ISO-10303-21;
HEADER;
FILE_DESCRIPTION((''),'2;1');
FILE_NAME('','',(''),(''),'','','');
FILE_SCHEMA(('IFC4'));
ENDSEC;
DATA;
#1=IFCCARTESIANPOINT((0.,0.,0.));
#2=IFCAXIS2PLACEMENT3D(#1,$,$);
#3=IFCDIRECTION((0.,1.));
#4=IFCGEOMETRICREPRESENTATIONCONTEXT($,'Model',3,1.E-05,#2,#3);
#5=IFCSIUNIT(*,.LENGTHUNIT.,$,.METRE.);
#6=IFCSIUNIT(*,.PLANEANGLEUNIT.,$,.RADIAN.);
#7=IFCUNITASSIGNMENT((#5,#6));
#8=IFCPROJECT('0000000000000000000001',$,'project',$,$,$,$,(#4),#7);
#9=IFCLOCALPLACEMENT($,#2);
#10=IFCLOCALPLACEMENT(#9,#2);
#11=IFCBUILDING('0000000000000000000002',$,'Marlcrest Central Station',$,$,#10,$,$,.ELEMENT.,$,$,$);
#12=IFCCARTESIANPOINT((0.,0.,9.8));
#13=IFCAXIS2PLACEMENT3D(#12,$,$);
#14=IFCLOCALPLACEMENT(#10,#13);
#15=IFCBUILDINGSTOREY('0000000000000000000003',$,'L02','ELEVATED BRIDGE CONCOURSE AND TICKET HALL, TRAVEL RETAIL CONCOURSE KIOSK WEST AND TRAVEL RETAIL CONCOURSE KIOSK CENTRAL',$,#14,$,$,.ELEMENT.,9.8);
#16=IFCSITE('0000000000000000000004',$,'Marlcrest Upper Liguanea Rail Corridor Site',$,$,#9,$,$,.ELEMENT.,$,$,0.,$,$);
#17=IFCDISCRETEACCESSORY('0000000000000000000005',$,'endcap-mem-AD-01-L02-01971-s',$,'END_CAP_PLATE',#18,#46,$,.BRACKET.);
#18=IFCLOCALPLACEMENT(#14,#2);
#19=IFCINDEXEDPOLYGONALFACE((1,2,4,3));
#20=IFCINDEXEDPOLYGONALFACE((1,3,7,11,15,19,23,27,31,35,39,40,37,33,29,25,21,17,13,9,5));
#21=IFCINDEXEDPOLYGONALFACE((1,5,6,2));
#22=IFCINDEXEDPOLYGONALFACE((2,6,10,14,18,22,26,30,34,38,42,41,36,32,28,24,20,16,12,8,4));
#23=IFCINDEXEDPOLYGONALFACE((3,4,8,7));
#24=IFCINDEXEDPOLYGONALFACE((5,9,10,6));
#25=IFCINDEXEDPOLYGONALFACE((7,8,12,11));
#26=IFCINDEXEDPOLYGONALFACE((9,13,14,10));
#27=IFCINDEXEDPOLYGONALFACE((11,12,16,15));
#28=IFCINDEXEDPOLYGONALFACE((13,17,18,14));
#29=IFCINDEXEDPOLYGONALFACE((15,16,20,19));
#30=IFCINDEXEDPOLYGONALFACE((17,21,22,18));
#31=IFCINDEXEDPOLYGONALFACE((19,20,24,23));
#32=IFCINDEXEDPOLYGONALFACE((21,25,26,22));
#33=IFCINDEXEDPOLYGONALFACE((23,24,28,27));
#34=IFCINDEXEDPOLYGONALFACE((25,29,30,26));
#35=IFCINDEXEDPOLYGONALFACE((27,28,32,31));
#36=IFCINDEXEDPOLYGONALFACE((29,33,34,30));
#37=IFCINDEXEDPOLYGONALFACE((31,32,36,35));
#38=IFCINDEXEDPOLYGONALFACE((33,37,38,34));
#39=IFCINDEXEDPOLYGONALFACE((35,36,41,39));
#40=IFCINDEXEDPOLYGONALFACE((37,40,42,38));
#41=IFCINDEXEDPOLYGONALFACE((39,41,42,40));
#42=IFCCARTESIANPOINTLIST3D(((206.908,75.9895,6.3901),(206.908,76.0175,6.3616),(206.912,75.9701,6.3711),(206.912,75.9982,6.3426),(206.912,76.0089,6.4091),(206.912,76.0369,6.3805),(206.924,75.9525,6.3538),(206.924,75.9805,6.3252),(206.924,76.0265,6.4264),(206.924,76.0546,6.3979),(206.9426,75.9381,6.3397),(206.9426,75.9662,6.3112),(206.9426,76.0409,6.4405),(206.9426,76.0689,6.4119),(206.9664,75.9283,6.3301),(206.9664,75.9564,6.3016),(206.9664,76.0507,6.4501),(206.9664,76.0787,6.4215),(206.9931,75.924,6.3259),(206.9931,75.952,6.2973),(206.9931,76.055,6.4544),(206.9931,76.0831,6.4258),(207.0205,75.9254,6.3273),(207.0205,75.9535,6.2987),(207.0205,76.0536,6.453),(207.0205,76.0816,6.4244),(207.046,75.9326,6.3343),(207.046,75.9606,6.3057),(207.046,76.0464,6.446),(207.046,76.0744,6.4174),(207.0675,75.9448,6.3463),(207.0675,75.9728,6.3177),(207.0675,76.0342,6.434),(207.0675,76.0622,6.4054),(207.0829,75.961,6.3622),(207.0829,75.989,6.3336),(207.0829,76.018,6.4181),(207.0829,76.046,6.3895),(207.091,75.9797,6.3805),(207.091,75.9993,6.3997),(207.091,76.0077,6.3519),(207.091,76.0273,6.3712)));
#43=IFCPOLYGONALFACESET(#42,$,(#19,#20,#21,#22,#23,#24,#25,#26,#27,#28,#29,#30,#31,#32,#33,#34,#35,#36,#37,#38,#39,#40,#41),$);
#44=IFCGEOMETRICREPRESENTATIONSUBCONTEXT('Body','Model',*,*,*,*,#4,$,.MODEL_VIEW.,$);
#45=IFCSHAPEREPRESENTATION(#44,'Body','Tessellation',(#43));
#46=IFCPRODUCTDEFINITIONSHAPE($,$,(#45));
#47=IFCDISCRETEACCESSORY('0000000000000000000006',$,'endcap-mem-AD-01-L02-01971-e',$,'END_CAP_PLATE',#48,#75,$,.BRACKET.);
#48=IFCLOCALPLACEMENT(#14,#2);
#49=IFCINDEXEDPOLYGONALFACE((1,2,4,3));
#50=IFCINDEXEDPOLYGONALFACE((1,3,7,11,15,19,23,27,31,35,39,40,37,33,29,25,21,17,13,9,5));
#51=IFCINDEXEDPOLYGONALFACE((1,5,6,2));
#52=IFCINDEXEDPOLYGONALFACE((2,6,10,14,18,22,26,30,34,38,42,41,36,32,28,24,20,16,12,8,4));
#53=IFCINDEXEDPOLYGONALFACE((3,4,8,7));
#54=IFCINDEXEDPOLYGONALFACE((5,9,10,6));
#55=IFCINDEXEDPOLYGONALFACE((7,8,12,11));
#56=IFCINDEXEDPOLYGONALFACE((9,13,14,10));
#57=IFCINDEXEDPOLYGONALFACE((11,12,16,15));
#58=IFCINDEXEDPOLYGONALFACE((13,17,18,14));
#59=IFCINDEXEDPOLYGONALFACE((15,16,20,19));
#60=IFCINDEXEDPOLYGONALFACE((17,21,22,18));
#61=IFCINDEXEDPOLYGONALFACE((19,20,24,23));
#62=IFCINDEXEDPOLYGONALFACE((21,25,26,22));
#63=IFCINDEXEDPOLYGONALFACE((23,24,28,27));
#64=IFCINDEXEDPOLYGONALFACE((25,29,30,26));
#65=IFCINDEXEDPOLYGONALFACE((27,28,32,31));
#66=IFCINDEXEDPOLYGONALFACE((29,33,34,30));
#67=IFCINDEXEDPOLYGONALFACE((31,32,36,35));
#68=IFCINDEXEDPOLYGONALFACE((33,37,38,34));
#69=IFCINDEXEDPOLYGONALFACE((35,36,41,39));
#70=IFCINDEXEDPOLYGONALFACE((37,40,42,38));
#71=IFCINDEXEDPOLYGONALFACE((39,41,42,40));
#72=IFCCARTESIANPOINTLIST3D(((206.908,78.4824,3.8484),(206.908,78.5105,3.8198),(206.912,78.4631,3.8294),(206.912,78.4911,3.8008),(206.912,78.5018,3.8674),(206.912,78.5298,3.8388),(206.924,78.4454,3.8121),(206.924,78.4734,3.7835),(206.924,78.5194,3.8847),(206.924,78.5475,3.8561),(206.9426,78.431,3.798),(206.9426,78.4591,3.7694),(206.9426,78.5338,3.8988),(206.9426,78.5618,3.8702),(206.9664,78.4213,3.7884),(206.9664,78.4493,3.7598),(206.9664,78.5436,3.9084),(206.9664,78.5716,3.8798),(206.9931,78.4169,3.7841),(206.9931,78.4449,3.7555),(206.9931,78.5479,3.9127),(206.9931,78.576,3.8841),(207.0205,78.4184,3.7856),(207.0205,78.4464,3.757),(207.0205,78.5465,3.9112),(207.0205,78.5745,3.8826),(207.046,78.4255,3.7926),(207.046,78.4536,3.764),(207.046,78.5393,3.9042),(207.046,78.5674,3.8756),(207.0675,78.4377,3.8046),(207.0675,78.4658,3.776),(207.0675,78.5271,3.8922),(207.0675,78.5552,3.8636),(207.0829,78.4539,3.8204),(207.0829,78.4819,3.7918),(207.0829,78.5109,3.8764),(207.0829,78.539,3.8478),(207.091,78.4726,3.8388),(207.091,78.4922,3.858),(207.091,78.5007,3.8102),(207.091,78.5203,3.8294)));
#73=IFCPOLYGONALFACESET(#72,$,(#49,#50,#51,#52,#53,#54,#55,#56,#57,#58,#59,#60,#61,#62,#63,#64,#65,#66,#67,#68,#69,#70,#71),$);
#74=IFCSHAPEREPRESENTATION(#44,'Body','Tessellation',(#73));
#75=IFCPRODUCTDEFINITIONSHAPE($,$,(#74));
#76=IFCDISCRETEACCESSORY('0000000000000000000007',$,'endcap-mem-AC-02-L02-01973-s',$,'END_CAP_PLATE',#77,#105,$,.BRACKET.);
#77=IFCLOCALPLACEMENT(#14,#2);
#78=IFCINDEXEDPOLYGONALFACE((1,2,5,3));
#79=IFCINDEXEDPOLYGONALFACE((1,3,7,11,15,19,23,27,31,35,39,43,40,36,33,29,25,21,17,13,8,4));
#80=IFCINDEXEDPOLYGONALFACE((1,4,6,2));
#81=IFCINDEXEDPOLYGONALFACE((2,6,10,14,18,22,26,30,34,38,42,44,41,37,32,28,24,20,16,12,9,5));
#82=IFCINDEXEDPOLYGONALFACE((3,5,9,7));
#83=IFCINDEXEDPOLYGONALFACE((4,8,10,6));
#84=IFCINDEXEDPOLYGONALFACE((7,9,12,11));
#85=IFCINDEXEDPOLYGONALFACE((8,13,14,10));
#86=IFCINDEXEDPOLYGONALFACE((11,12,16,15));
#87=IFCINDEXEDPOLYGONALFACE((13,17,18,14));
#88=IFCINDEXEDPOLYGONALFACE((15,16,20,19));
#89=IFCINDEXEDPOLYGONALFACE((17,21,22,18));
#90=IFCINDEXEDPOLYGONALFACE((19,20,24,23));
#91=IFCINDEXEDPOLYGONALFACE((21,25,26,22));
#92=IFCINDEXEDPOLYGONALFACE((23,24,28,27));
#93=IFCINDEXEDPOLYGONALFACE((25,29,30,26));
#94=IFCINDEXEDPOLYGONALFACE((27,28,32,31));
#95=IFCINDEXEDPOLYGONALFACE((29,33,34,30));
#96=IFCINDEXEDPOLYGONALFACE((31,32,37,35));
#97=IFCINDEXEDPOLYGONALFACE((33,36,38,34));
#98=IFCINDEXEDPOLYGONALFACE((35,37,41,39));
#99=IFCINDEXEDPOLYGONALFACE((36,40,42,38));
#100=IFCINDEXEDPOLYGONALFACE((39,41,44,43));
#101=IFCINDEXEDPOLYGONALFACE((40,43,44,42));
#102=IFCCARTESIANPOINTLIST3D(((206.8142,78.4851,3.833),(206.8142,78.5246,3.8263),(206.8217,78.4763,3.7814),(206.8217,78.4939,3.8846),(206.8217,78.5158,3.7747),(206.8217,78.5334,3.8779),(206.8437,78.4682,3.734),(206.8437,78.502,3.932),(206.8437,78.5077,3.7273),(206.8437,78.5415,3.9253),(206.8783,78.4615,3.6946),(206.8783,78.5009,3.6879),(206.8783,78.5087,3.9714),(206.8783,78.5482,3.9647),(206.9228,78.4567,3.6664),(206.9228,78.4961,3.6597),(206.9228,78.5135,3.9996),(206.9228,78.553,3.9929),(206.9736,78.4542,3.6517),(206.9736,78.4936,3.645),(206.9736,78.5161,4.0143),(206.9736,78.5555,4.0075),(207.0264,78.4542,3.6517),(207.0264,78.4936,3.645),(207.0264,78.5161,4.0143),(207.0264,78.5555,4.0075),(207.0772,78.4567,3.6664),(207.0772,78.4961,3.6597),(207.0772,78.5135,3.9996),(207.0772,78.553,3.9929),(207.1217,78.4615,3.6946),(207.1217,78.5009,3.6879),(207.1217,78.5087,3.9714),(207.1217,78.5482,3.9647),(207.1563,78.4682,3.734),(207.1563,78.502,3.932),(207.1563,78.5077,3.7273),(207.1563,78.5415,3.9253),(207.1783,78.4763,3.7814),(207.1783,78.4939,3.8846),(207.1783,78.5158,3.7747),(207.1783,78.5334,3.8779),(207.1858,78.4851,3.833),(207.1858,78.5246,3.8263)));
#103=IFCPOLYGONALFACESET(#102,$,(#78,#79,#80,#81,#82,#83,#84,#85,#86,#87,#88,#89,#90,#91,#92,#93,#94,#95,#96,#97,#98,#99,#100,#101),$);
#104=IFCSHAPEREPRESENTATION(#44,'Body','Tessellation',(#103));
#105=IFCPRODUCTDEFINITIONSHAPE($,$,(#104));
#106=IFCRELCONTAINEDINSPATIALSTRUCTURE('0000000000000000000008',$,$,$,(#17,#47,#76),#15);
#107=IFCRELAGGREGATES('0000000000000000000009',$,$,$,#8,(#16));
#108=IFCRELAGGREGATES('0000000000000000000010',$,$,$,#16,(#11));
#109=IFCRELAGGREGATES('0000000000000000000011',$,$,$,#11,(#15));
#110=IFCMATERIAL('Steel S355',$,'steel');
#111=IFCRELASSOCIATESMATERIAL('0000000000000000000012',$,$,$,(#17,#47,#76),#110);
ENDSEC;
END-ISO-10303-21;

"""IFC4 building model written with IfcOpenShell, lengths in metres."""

from ifc_helpers import new_model, si_unit, direction, frame, origin, origin_2d, place, context, subcontext, project, spatial, circle, extrude, material, element, save


model = new_model("IFC4")

# Units and contexts
model_context = context("Model", 3, precision=1e-05, world=origin(), true_north=direction((0.0, 1.0)))
body_context = subcontext(model_context, "Body", "Model", "MODEL_VIEW")
ifc_project = project(units=[si_unit("LENGTHUNIT", "METRE"), si_unit("PLANEANGLEUNIT", "RADIAN")], contexts=[model_context])

# Site, building, storey
site_placement = place(None, origin())
site = spatial("IfcSite", under=ifc_project, at=site_placement, Name="Marlcrest Upper Liguanea Rail Corridor Site", CompositionType="ELEMENT", RefElevation=0.0)
building_placement = place(site_placement, origin())
building = spatial("IfcBuilding", under=site, at=building_placement, Name="Marlcrest Central Station", CompositionType="ELEMENT")
storey_placement = place(building_placement, frame((0.0, 0.0, 9.8)))
storey = spatial("IfcBuildingStorey", under=building, at=storey_placement, Name="L02", Description="ELEVATED BRIDGE CONCOURSE AND TICKET HALL, TRAVEL RETAIL CONCOURSE KIOSK WEST AND TRAVEL RETAIL CONCOURSE KIOSK CENTRAL", CompositionType="ELEMENT", Elevation=9.8)

# Shared definitions
ifc_material = material(Name="Steel S355", Category="steel")

# Discrete accessories
for number, where, z_axis, x_axis, name in (
    (1, (207.0, 75.9895, 6.3901), (0.0, 0.700235, -0.713912), (-1.0, 0.0, 0.0), "endcap-mem-AD-01-L02-01971-s"),
    (2, (207.0, 78.4824, 3.8484), (0.0, 0.700235, -0.713912), (-1.0, 0.0, 0.0), "endcap-mem-AD-01-L02-01971-e"),
):
    element("IfcDiscreteAccessory", number, at=place(storey_placement, frame(where, z_axis=z_axis, x_axis=x_axis)), inside=storey, material=ifc_material, Name=name, ObjectType="END_CAP_PLATE", PredefinedType="BRACKET", context=body_context, shape_type="SweptSolid", body=[
        extrude(circle(Radius=0.092, at=origin_2d()), origin(), (0.0, 0.0, 1.0), 0.04),
    ])
discrete_accessory_1_placement = place(storey_placement, frame((207.0, 78.4851, 3.833), z_axis=(0.0, 0.985741, -0.168269), x_axis=(-1.0, 0.0, 0.0)))
element("IfcDiscreteAccessory", 3, at=discrete_accessory_1_placement, inside=storey, material=ifc_material, Name="endcap-mem-AC-02-L02-01973-s", ObjectType="END_CAP_PLATE", PredefinedType="BRACKET", context=body_context, shape_type="SweptSolid", body=[
    extrude(circle(Radius=0.1858, at=origin_2d()), origin(), (0.0, 0.0, 1.0), 0.04),
])

save(model, "model.ifc")
